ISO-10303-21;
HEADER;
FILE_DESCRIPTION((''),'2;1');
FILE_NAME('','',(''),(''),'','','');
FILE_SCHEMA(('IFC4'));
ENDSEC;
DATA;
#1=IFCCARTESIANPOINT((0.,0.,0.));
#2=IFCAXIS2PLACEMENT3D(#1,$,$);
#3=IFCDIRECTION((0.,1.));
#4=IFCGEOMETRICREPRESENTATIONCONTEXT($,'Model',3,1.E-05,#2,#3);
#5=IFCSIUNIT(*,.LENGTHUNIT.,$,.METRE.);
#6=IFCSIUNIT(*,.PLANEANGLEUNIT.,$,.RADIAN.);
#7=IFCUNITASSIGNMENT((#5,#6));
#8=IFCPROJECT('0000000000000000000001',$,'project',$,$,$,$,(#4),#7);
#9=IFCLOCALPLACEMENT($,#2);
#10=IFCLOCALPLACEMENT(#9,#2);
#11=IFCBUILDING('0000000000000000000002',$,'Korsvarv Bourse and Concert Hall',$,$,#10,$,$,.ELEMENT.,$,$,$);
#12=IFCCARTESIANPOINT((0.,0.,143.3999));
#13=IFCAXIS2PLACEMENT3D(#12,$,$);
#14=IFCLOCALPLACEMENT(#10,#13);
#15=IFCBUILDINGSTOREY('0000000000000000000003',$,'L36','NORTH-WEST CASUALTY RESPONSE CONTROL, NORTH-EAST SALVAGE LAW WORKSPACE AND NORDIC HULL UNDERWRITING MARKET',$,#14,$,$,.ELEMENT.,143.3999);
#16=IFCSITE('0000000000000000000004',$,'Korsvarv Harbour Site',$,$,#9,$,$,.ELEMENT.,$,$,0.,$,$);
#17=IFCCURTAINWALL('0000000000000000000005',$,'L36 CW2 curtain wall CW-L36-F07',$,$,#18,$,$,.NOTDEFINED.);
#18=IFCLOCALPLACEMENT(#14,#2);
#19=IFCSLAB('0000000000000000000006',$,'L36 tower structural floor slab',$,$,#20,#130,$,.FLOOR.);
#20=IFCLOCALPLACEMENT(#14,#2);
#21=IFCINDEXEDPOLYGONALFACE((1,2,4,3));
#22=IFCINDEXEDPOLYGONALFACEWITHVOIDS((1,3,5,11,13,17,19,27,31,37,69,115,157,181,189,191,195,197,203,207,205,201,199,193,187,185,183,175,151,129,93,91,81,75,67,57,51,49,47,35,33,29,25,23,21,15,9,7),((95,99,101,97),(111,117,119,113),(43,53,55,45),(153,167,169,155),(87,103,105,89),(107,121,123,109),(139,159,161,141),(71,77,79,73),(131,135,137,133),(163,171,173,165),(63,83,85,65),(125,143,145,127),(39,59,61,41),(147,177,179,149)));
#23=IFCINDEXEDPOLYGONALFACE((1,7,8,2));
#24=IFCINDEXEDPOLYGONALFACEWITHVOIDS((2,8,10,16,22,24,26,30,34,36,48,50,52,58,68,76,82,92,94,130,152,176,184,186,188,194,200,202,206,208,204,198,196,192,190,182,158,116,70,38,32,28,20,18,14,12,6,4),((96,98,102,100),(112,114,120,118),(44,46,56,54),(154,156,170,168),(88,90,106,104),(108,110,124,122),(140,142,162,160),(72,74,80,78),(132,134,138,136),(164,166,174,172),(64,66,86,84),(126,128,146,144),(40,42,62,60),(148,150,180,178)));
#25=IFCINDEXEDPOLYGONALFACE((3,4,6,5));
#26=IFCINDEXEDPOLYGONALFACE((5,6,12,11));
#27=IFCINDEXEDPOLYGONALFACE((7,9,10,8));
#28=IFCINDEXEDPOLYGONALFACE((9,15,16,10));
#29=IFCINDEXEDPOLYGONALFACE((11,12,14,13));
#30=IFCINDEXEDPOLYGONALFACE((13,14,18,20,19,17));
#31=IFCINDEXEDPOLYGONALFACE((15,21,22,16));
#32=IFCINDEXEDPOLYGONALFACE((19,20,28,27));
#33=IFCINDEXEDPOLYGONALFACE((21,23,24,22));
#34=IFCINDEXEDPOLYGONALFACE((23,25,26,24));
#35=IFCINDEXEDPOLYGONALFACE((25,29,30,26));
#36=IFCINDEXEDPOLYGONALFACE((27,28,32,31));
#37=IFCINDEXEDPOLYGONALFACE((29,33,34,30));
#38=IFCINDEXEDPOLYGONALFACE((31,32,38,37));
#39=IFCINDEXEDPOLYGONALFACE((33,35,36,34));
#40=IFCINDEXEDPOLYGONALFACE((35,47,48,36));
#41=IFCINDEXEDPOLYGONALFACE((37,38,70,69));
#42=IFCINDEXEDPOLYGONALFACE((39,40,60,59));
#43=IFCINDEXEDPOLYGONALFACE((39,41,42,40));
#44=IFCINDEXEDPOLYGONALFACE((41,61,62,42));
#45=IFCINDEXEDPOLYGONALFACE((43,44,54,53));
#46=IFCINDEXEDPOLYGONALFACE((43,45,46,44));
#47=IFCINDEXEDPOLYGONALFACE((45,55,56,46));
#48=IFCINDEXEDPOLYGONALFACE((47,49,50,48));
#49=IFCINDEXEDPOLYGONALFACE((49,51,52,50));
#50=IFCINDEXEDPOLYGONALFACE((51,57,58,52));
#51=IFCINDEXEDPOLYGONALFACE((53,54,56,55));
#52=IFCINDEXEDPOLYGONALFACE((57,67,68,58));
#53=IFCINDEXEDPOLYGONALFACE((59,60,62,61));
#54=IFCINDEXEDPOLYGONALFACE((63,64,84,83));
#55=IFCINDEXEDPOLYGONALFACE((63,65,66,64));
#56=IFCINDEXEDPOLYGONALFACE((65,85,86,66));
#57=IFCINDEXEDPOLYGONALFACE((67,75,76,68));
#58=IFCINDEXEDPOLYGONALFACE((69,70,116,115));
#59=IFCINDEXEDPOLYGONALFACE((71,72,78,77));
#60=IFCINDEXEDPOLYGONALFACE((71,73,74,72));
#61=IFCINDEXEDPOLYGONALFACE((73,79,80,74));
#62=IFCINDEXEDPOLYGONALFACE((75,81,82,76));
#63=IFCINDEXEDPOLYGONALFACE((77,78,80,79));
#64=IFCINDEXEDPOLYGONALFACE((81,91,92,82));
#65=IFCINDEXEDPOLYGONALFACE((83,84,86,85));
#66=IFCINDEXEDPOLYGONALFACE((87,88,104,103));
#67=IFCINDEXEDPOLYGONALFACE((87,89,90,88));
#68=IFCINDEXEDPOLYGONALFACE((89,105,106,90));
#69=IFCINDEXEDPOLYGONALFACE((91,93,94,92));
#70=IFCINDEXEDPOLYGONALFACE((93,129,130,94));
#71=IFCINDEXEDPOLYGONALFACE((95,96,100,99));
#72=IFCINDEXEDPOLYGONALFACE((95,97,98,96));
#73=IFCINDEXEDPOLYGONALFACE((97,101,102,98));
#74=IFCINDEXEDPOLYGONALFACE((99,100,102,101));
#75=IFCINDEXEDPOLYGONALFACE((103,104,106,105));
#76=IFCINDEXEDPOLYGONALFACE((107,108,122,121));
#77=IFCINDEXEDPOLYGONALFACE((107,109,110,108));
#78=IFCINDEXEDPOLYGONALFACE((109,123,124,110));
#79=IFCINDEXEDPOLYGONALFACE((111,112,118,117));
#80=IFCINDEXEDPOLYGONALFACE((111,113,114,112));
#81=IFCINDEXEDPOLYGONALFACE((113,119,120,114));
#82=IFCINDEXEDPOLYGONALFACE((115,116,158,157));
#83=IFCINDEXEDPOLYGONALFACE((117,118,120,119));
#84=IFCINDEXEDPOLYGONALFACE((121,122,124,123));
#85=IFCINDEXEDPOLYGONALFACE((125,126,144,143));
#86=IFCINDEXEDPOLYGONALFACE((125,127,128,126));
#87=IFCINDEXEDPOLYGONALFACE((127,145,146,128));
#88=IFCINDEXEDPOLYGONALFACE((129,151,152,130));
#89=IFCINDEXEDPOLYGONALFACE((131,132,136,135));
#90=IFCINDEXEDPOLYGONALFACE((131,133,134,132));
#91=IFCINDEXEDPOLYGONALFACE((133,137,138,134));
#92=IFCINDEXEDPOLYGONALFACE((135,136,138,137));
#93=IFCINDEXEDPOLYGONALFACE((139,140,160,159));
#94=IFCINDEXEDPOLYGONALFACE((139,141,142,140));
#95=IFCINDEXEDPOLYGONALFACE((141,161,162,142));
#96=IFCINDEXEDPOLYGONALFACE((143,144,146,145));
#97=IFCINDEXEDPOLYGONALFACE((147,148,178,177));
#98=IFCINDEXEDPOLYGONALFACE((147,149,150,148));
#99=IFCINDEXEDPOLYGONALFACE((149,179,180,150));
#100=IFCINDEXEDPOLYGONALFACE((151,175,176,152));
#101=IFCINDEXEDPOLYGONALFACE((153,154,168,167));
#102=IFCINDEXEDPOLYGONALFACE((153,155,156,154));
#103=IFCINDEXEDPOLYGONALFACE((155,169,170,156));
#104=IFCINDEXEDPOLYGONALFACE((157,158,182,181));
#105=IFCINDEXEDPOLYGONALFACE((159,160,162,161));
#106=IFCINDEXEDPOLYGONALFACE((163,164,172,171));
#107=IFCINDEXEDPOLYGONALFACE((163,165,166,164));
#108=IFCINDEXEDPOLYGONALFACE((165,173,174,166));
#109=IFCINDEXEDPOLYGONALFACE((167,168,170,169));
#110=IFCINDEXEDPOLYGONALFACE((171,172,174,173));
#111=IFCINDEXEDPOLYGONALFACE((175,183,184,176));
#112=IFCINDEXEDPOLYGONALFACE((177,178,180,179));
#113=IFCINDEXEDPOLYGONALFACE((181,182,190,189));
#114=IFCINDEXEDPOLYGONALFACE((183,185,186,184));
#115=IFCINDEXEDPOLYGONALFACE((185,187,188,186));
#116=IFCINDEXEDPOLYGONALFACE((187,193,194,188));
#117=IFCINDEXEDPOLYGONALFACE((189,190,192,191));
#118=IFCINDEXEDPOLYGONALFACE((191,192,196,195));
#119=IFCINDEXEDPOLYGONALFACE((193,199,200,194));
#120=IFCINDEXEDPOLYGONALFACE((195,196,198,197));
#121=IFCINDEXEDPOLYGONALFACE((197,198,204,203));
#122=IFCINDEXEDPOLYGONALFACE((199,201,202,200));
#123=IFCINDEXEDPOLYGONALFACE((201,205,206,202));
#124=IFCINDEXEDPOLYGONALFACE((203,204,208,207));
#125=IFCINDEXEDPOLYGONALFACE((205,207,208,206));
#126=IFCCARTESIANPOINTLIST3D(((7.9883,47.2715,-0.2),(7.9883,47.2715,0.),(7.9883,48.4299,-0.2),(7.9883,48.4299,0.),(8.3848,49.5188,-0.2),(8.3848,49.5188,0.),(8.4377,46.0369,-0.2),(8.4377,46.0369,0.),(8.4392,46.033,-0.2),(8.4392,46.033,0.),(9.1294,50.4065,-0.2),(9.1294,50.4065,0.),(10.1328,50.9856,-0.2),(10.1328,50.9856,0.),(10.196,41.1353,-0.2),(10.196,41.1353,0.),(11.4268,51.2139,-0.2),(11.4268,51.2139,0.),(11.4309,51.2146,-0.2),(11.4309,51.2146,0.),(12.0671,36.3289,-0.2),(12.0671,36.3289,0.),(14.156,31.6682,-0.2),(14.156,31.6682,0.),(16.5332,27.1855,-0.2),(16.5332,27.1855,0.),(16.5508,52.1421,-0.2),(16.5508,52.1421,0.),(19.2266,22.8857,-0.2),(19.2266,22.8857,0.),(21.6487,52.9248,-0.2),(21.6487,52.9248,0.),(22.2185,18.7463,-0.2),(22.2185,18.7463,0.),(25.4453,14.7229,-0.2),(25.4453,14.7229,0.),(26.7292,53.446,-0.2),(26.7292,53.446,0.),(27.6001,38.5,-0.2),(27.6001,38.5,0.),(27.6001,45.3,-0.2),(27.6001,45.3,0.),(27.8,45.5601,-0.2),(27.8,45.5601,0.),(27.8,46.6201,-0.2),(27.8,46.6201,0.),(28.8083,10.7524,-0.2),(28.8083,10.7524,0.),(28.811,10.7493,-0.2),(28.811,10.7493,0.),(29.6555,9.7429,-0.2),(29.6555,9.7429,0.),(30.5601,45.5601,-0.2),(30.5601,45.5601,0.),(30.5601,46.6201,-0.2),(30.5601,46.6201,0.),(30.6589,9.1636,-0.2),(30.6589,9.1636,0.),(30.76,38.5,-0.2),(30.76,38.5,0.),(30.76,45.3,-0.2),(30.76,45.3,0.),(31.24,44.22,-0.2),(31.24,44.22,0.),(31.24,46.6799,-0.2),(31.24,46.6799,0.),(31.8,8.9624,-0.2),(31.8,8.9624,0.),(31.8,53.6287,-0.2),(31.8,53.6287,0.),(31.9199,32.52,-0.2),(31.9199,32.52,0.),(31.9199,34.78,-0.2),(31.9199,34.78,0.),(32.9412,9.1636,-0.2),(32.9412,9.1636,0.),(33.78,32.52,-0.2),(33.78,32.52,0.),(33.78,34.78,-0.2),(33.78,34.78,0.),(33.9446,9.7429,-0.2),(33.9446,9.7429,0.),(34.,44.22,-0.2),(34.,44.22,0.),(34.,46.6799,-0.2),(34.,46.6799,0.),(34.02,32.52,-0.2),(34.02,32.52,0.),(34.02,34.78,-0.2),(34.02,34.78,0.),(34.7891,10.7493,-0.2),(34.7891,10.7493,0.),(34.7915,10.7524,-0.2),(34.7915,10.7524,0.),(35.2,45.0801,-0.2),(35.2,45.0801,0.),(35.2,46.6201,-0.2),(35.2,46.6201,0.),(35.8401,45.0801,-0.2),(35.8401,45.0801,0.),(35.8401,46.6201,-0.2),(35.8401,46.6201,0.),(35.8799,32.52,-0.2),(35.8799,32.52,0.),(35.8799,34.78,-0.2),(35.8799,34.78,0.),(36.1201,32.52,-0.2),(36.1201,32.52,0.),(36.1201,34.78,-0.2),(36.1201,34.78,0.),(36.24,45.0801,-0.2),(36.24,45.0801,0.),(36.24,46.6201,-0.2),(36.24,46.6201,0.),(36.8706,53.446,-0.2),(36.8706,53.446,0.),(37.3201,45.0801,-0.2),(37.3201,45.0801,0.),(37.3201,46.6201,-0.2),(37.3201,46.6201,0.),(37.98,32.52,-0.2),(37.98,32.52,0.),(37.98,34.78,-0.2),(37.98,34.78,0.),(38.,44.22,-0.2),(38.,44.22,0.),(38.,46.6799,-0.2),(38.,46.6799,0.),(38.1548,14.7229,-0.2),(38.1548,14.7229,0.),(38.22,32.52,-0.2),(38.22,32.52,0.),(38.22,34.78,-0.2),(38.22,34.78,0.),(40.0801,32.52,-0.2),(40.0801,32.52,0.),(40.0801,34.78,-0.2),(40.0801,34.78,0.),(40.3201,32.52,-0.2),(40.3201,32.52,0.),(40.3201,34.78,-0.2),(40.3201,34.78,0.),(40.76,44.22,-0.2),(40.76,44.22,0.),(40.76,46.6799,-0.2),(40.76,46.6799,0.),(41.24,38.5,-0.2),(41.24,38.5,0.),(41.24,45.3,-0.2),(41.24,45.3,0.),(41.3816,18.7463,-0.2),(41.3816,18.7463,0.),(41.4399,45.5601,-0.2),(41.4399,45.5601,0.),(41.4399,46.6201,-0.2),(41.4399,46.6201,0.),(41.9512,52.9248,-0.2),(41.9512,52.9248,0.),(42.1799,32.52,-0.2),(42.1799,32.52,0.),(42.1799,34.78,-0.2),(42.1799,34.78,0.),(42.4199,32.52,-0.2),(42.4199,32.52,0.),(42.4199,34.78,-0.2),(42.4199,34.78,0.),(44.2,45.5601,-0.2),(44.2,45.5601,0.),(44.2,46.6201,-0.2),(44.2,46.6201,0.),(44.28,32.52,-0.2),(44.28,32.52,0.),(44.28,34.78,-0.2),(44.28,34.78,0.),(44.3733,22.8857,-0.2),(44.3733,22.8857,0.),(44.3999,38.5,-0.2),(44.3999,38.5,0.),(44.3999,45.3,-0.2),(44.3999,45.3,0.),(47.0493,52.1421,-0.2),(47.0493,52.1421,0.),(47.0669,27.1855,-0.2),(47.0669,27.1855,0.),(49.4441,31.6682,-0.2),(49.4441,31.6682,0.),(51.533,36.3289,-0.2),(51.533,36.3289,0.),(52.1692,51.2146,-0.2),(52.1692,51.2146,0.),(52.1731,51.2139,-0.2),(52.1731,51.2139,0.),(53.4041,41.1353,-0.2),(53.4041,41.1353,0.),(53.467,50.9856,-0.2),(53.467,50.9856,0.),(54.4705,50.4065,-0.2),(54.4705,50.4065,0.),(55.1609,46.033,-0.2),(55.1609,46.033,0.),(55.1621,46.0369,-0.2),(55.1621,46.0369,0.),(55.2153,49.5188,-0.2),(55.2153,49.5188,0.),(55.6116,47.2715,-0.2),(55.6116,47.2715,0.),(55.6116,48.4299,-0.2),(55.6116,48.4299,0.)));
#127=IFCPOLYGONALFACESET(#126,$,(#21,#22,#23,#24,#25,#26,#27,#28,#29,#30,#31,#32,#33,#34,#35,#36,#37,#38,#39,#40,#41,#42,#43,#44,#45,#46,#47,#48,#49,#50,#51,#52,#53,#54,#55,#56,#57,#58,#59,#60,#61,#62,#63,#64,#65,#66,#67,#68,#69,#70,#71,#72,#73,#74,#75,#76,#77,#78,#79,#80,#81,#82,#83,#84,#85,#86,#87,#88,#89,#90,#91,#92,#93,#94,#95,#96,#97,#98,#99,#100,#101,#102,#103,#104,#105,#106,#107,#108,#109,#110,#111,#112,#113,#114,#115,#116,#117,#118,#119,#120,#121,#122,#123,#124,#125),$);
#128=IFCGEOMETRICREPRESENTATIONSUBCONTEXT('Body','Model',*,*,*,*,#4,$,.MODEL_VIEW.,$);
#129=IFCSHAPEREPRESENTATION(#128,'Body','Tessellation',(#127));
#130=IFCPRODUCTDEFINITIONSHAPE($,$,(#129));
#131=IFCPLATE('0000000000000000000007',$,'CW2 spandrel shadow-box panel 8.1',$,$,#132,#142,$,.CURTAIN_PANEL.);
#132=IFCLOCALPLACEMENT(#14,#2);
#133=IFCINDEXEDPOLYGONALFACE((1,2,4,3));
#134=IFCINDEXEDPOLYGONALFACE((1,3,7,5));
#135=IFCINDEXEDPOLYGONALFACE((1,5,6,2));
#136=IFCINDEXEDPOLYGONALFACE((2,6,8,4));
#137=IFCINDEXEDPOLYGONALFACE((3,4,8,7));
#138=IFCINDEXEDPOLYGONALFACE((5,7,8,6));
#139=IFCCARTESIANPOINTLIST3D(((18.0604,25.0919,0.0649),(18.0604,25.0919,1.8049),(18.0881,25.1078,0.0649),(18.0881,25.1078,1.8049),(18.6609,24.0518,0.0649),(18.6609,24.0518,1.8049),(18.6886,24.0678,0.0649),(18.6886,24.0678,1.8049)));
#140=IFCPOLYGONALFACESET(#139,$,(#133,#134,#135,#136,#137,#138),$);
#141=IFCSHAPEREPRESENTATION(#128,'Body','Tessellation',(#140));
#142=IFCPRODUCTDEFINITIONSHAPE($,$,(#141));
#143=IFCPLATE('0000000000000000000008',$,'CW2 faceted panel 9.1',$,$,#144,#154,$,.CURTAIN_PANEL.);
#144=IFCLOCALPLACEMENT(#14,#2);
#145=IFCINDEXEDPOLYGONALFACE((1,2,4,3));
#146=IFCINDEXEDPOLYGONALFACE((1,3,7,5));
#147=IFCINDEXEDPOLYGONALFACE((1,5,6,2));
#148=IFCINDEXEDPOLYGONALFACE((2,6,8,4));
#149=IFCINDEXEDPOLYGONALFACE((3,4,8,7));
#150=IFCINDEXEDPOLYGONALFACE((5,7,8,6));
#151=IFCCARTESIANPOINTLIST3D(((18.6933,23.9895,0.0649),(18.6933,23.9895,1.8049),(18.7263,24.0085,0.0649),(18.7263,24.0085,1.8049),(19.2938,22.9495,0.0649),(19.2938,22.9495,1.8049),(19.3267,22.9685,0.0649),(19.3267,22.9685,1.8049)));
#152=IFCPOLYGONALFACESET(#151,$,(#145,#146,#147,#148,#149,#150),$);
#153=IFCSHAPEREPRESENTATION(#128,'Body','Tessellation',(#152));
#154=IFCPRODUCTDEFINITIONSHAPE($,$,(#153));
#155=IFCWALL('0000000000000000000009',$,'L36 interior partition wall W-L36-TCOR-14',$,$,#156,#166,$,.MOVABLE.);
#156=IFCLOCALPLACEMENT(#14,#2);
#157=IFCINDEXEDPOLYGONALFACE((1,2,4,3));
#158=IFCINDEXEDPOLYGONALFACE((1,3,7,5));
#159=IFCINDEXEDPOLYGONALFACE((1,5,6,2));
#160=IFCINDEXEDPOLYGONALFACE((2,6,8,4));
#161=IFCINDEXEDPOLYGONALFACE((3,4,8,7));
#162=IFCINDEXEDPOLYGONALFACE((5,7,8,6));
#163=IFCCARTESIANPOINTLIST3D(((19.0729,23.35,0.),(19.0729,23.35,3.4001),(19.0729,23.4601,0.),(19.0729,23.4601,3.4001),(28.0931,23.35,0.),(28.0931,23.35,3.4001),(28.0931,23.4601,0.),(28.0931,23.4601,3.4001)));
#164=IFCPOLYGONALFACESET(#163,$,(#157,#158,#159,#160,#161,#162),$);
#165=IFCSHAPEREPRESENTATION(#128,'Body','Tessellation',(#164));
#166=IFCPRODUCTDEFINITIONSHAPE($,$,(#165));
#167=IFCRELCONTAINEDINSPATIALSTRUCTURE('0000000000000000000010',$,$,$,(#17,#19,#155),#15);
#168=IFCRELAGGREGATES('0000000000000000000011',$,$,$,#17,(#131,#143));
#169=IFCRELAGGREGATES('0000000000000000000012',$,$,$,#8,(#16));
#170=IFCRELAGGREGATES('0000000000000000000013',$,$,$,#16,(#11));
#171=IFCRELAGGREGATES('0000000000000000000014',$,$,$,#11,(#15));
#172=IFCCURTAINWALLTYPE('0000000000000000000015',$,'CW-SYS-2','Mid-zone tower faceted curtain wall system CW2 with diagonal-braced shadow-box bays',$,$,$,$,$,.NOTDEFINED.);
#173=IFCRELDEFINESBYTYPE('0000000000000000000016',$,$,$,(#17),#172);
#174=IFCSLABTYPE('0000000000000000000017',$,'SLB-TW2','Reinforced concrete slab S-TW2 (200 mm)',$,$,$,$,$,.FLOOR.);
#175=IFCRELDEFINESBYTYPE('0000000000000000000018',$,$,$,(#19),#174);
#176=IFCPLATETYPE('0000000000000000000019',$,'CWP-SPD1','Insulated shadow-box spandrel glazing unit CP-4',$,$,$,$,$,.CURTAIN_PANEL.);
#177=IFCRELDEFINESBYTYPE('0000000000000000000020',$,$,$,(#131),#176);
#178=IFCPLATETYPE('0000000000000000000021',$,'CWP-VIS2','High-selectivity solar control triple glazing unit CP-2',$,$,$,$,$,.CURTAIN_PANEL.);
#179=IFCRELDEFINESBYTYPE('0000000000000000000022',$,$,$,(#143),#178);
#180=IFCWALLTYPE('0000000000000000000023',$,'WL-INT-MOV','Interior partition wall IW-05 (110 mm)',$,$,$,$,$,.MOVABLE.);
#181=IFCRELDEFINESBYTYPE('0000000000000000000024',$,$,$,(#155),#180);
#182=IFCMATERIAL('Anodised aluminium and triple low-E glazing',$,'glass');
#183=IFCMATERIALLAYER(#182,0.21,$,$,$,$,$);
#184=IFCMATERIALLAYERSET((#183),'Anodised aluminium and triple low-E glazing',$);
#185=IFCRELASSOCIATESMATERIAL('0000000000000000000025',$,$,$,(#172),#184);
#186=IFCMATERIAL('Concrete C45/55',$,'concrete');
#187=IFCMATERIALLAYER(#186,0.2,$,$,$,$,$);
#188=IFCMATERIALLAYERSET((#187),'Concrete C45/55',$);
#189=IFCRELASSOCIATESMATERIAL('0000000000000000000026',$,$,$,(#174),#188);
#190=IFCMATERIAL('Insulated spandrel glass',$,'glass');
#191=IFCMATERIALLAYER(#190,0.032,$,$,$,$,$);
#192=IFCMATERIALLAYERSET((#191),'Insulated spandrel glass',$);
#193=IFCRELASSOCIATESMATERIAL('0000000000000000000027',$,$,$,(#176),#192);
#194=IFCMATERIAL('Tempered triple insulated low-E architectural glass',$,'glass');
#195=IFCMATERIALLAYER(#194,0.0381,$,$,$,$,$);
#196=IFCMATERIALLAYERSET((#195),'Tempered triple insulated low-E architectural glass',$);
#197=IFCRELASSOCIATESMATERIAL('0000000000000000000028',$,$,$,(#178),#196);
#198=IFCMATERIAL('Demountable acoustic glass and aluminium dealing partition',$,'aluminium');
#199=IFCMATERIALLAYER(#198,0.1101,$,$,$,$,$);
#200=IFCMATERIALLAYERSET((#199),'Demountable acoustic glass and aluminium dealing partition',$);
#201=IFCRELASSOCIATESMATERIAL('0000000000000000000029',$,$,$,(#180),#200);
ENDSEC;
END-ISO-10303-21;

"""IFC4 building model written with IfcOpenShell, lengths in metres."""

from ifc_helpers import new_model, si_unit, direction, frame, frame_2d, origin, origin_2d, place, context, subcontext, project, spatial, polyline, rectangle, outline, extrude, source, transform, mapped, material, layer, layer_set, type_object, element, aggregate, save


model = new_model("IFC4")

# Units and contexts
model_context = context("Model", 3, precision=1e-05, world=origin(), true_north=direction((0.0, 1.0)))
body_context = subcontext(model_context, "Body", "Model", "MODEL_VIEW")
ifc_project = project(units=[si_unit("LENGTHUNIT", "METRE"), si_unit("PLANEANGLEUNIT", "RADIAN")], contexts=[model_context])

# Site, building, storey
site_placement = place(None, origin())
site = spatial("IfcSite", under=ifc_project, at=site_placement, Name="Korsvarv Harbour Site", CompositionType="ELEMENT", RefElevation=0.0)
building_placement = place(site_placement, origin())
building = spatial("IfcBuilding", under=site, at=building_placement, Name="Korsvarv Bourse and Concert Hall", CompositionType="ELEMENT")
storey_placement = place(building_placement, frame((0.0, 0.0, 143.3999)))
storey = spatial("IfcBuildingStorey", under=building, at=storey_placement, Name="L36", Description="NORTH-WEST CASUALTY RESPONSE CONTROL, NORTH-EAST SALVAGE LAW WORKSPACE AND NORDIC HULL UNDERWRITING MARKET", CompositionType="ELEMENT", Elevation=143.3999)

# Curtain wall
ifc_material_1 = material(Name="Anodised aluminium and triple low-E glazing", Category="glass")
ifc_layer_1 = layer(ifc_material_1, 0.21)
ifc_layer_set_1 = layer_set([ifc_layer_1], Name="Anodised aluminium and triple low-E glazing")
curtain_wall_type = type_object("IfcCurtainWallType", Name="CW-SYS-2", Description="Mid-zone tower faceted curtain wall system CW2 with diagonal-braced shadow-box bays", PredefinedType="NOTDEFINED", material=ifc_layer_set_1)
curtain_wall_placement = place(storey_placement, origin())
curtain_wall = element("IfcCurtainWall", 1, at=curtain_wall_placement, inside=storey, type_object=curtain_wall_type, Name="L36 CW2 curtain wall CW-L36-F07", PredefinedType="NOTDEFINED")

# Slab
ifc_material_2 = material(Name="Concrete C45/55", Category="concrete")
ifc_layer_2 = layer(ifc_material_2, 0.2)
ifc_layer_set_2 = layer_set([ifc_layer_2], Name="Concrete C45/55")
slab_type_1 = type_object("IfcSlabType", Name="SLB-TW2", Description="Reinforced concrete slab S-TW2 (200 mm)", PredefinedType="FLOOR", material=ifc_layer_set_2)
slab_1_placement = place(storey_placement, frame((0.0, 0.0, -0.2)))
element("IfcSlab", 2, at=slab_1_placement, inside=storey, type_object=slab_type_1, Name="L36 tower structural floor slab", PredefinedType="FLOOR", context=body_context, shape_type="SweptSolid", body=[
    extrude(outline(polyline([(55.1609, 46.033), (53.4041, 41.1353), (51.533, 36.3289), (49.4441, 31.6682), (47.0669, 27.1855), (44.3733, 22.8857), (41.3816, 18.7463), (38.1548, 14.7229), (34.7915, 10.7524), (34.7891, 10.7493), (33.9446, 9.7429), (32.9412, 9.1636), (31.8, 8.9624), (30.6589, 9.1636), (29.6555, 9.7429), (28.811, 10.7493), (28.8083, 10.7524), (25.4453, 14.7229), (22.2185, 18.7463), (19.2266, 22.8857), (16.5332, 27.1855), (14.156, 31.6682), (12.0671, 36.3289), (10.196, 41.1353), (8.4392, 46.033), (8.4377, 46.0369), (7.9883, 47.2715), (7.9883, 48.4299), (8.3848, 49.5188), (9.1294, 50.4065), (10.1328, 50.9856), (11.4268, 51.2139), (11.4309, 51.2146), (16.5508, 52.1421), (21.6487, 52.9248), (26.7292, 53.446), (31.8, 53.6287), (36.8706, 53.446), (41.9512, 52.9248), (47.0493, 52.1421), (52.1692, 51.2146), (52.1731, 51.2139), (53.467, 50.9856), (54.4705, 50.4065), (55.2153, 49.5188), (55.6116, 48.4299), (55.6116, 47.2715), (55.1621, 46.0369), (55.1609, 46.033)]), holes=[polyline([(30.76, 38.5), (30.76, 45.3), (27.6001, 45.3), (27.6001, 38.5), (30.76, 38.5)]), polyline([(44.3999, 38.5), (44.3999, 45.3), (41.24, 45.3), (41.24, 38.5), (44.3999, 38.5)]), polyline([(31.24, 44.22), (34.0, 44.22), (34.0, 46.6799), (31.24, 46.6799), (31.24, 44.22)]), polyline([(38.0, 44.22), (40.76, 44.22), (40.76, 46.6799), (38.0, 46.6799), (38.0, 44.22)]), polyline([(31.9199, 32.52), (33.78, 32.52), (33.78, 34.78), (31.9199, 34.78), (31.9199, 32.52)]), polyline([(34.02, 32.52), (35.8799, 32.52), (35.8799, 34.78), (34.02, 34.78), (34.02, 32.52)]), polyline([(36.1201, 32.52), (37.98, 32.52), (37.98, 34.78), (36.1201, 34.78), (36.1201, 32.52)]), polyline([(38.22, 32.52), (40.0801, 32.52), (40.0801, 34.78), (38.22, 34.78), (38.22, 32.52)]), polyline([(40.3201, 32.52), (42.1799, 32.52), (42.1799, 34.78), (40.3201, 34.78), (40.3201, 32.52)]), polyline([(42.4199, 32.52), (44.28, 32.52), (44.28, 34.78), (42.4199, 34.78), (42.4199, 32.52)]), polyline([(27.8, 45.5601), (30.5601, 45.5601), (30.5601, 46.6201), (27.8, 46.6201), (27.8, 45.5601)]), polyline([(41.4399, 45.5601), (44.2, 45.5601), (44.2, 46.6201), (41.4399, 46.6201), (41.4399, 45.5601)]), polyline([(35.2, 45.0801), (35.8401, 45.0801), (35.8401, 46.6201), (35.2, 46.6201), (35.2, 45.0801)]), polyline([(36.24, 45.0801), (37.3201, 45.0801), (37.3201, 46.6201), (36.24, 46.6201), (36.24, 45.0801)])]), origin(), (0.0, 0.0, 1.0), 0.2),
])

# Plates
ifc_material_3 = material(Name="Insulated spandrel glass", Category="glass")
ifc_layer_3 = layer(ifc_material_3, 0.032)
ifc_layer_set_3 = layer_set([ifc_layer_3], Name="Insulated spandrel glass")
plate_type_1 = type_object("IfcPlateType", Name="CWP-SPD1", Description="Insulated shadow-box spandrel glazing unit CP-4", PredefinedType="CURTAIN_PANEL", material=ifc_layer_set_3)
shared_shape_1 = source(origin(), body_context, "Body", "SweptSolid", [
    extrude(rectangle(XDim=1.2009, YDim=0.032, at=origin_2d()), origin(), (0.0, 0.0, 1.0), 1.74),
])
plate_1_placement = place(storey_placement, frame((18.3745, 24.5798, 0.0649), z_axis=(0.0, 0.0, 1.0), x_axis=(0.5, -0.866025, 0.0)))
plate_1 = element("IfcPlate", 3, at=plate_1_placement, type_object=plate_type_1, Name="CW2 spandrel shadow-box panel 8.1", PredefinedType="CURTAIN_PANEL", context=body_context, shape_type="MappedRepresentation", body=[
    mapped(shared_shape_1, transform((0.0, 0.0, 0.0), scale=1.0)),
])
ifc_material_4 = material(Name="Tempered triple insulated low-E architectural glass", Category="glass")
ifc_layer_4 = layer(ifc_material_4, 0.0381)
ifc_layer_set_4 = layer_set([ifc_layer_4], Name="Tempered triple insulated low-E architectural glass")
plate_type_2 = type_object("IfcPlateType", Name="CWP-VIS2", Description="High-selectivity solar control triple glazing unit CP-2", PredefinedType="CURTAIN_PANEL", material=ifc_layer_set_4)
shared_shape_2 = source(origin(), body_context, "Body", "SweptSolid", [
    extrude(rectangle(XDim=1.2009, YDim=0.0381, at=origin_2d()), origin(), (0.0, 0.0, 1.0), 1.74),
])
plate_2_placement = place(storey_placement, frame((19.01, 23.479, 0.0649), z_axis=(0.0, 0.0, 1.0), x_axis=(0.5, -0.866025, 0.0)))
plate_2 = element("IfcPlate", 4, at=plate_2_placement, type_object=plate_type_2, Name="CW2 faceted panel 9.1", PredefinedType="CURTAIN_PANEL", context=body_context, shape_type="MappedRepresentation", body=[
    mapped(shared_shape_2, transform((0.0, 0.0, 0.0), scale=1.0)),
])
aggregate(curtain_wall, [plate_1, plate_2])

# Wall
ifc_material_5 = material(Name="Demountable acoustic glass and aluminium dealing partition", Category="aluminium")
ifc_layer_5 = layer(ifc_material_5, 0.1101)
ifc_layer_set_5 = layer_set([ifc_layer_5], Name="Demountable acoustic glass and aluminium dealing partition")
wall_type = type_object("IfcWallType", Name="WL-INT-MOV", Description="Interior partition wall IW-05 (110 mm)", PredefinedType="MOVABLE", material=ifc_layer_set_5)
wall_placement = place(storey_placement, frame((19.0728, 23.405, 0.0), z_axis=(0.0, 0.0, 1.0), x_axis=(1.0, 0.0, 0.0)))
element("IfcWall", 5, at=wall_placement, inside=storey, type_object=wall_type, Name="L36 interior partition wall W-L36-TCOR-14", PredefinedType="MOVABLE", context=body_context, shape_type="SweptSolid", body=[
    extrude(rectangle(XDim=9.0203, YDim=0.1101, at=frame_2d((4.5103, 0.0))), origin(), (0.0, 0.0, 1.0), 3.4001),
])

save(model, "model.ifc")
